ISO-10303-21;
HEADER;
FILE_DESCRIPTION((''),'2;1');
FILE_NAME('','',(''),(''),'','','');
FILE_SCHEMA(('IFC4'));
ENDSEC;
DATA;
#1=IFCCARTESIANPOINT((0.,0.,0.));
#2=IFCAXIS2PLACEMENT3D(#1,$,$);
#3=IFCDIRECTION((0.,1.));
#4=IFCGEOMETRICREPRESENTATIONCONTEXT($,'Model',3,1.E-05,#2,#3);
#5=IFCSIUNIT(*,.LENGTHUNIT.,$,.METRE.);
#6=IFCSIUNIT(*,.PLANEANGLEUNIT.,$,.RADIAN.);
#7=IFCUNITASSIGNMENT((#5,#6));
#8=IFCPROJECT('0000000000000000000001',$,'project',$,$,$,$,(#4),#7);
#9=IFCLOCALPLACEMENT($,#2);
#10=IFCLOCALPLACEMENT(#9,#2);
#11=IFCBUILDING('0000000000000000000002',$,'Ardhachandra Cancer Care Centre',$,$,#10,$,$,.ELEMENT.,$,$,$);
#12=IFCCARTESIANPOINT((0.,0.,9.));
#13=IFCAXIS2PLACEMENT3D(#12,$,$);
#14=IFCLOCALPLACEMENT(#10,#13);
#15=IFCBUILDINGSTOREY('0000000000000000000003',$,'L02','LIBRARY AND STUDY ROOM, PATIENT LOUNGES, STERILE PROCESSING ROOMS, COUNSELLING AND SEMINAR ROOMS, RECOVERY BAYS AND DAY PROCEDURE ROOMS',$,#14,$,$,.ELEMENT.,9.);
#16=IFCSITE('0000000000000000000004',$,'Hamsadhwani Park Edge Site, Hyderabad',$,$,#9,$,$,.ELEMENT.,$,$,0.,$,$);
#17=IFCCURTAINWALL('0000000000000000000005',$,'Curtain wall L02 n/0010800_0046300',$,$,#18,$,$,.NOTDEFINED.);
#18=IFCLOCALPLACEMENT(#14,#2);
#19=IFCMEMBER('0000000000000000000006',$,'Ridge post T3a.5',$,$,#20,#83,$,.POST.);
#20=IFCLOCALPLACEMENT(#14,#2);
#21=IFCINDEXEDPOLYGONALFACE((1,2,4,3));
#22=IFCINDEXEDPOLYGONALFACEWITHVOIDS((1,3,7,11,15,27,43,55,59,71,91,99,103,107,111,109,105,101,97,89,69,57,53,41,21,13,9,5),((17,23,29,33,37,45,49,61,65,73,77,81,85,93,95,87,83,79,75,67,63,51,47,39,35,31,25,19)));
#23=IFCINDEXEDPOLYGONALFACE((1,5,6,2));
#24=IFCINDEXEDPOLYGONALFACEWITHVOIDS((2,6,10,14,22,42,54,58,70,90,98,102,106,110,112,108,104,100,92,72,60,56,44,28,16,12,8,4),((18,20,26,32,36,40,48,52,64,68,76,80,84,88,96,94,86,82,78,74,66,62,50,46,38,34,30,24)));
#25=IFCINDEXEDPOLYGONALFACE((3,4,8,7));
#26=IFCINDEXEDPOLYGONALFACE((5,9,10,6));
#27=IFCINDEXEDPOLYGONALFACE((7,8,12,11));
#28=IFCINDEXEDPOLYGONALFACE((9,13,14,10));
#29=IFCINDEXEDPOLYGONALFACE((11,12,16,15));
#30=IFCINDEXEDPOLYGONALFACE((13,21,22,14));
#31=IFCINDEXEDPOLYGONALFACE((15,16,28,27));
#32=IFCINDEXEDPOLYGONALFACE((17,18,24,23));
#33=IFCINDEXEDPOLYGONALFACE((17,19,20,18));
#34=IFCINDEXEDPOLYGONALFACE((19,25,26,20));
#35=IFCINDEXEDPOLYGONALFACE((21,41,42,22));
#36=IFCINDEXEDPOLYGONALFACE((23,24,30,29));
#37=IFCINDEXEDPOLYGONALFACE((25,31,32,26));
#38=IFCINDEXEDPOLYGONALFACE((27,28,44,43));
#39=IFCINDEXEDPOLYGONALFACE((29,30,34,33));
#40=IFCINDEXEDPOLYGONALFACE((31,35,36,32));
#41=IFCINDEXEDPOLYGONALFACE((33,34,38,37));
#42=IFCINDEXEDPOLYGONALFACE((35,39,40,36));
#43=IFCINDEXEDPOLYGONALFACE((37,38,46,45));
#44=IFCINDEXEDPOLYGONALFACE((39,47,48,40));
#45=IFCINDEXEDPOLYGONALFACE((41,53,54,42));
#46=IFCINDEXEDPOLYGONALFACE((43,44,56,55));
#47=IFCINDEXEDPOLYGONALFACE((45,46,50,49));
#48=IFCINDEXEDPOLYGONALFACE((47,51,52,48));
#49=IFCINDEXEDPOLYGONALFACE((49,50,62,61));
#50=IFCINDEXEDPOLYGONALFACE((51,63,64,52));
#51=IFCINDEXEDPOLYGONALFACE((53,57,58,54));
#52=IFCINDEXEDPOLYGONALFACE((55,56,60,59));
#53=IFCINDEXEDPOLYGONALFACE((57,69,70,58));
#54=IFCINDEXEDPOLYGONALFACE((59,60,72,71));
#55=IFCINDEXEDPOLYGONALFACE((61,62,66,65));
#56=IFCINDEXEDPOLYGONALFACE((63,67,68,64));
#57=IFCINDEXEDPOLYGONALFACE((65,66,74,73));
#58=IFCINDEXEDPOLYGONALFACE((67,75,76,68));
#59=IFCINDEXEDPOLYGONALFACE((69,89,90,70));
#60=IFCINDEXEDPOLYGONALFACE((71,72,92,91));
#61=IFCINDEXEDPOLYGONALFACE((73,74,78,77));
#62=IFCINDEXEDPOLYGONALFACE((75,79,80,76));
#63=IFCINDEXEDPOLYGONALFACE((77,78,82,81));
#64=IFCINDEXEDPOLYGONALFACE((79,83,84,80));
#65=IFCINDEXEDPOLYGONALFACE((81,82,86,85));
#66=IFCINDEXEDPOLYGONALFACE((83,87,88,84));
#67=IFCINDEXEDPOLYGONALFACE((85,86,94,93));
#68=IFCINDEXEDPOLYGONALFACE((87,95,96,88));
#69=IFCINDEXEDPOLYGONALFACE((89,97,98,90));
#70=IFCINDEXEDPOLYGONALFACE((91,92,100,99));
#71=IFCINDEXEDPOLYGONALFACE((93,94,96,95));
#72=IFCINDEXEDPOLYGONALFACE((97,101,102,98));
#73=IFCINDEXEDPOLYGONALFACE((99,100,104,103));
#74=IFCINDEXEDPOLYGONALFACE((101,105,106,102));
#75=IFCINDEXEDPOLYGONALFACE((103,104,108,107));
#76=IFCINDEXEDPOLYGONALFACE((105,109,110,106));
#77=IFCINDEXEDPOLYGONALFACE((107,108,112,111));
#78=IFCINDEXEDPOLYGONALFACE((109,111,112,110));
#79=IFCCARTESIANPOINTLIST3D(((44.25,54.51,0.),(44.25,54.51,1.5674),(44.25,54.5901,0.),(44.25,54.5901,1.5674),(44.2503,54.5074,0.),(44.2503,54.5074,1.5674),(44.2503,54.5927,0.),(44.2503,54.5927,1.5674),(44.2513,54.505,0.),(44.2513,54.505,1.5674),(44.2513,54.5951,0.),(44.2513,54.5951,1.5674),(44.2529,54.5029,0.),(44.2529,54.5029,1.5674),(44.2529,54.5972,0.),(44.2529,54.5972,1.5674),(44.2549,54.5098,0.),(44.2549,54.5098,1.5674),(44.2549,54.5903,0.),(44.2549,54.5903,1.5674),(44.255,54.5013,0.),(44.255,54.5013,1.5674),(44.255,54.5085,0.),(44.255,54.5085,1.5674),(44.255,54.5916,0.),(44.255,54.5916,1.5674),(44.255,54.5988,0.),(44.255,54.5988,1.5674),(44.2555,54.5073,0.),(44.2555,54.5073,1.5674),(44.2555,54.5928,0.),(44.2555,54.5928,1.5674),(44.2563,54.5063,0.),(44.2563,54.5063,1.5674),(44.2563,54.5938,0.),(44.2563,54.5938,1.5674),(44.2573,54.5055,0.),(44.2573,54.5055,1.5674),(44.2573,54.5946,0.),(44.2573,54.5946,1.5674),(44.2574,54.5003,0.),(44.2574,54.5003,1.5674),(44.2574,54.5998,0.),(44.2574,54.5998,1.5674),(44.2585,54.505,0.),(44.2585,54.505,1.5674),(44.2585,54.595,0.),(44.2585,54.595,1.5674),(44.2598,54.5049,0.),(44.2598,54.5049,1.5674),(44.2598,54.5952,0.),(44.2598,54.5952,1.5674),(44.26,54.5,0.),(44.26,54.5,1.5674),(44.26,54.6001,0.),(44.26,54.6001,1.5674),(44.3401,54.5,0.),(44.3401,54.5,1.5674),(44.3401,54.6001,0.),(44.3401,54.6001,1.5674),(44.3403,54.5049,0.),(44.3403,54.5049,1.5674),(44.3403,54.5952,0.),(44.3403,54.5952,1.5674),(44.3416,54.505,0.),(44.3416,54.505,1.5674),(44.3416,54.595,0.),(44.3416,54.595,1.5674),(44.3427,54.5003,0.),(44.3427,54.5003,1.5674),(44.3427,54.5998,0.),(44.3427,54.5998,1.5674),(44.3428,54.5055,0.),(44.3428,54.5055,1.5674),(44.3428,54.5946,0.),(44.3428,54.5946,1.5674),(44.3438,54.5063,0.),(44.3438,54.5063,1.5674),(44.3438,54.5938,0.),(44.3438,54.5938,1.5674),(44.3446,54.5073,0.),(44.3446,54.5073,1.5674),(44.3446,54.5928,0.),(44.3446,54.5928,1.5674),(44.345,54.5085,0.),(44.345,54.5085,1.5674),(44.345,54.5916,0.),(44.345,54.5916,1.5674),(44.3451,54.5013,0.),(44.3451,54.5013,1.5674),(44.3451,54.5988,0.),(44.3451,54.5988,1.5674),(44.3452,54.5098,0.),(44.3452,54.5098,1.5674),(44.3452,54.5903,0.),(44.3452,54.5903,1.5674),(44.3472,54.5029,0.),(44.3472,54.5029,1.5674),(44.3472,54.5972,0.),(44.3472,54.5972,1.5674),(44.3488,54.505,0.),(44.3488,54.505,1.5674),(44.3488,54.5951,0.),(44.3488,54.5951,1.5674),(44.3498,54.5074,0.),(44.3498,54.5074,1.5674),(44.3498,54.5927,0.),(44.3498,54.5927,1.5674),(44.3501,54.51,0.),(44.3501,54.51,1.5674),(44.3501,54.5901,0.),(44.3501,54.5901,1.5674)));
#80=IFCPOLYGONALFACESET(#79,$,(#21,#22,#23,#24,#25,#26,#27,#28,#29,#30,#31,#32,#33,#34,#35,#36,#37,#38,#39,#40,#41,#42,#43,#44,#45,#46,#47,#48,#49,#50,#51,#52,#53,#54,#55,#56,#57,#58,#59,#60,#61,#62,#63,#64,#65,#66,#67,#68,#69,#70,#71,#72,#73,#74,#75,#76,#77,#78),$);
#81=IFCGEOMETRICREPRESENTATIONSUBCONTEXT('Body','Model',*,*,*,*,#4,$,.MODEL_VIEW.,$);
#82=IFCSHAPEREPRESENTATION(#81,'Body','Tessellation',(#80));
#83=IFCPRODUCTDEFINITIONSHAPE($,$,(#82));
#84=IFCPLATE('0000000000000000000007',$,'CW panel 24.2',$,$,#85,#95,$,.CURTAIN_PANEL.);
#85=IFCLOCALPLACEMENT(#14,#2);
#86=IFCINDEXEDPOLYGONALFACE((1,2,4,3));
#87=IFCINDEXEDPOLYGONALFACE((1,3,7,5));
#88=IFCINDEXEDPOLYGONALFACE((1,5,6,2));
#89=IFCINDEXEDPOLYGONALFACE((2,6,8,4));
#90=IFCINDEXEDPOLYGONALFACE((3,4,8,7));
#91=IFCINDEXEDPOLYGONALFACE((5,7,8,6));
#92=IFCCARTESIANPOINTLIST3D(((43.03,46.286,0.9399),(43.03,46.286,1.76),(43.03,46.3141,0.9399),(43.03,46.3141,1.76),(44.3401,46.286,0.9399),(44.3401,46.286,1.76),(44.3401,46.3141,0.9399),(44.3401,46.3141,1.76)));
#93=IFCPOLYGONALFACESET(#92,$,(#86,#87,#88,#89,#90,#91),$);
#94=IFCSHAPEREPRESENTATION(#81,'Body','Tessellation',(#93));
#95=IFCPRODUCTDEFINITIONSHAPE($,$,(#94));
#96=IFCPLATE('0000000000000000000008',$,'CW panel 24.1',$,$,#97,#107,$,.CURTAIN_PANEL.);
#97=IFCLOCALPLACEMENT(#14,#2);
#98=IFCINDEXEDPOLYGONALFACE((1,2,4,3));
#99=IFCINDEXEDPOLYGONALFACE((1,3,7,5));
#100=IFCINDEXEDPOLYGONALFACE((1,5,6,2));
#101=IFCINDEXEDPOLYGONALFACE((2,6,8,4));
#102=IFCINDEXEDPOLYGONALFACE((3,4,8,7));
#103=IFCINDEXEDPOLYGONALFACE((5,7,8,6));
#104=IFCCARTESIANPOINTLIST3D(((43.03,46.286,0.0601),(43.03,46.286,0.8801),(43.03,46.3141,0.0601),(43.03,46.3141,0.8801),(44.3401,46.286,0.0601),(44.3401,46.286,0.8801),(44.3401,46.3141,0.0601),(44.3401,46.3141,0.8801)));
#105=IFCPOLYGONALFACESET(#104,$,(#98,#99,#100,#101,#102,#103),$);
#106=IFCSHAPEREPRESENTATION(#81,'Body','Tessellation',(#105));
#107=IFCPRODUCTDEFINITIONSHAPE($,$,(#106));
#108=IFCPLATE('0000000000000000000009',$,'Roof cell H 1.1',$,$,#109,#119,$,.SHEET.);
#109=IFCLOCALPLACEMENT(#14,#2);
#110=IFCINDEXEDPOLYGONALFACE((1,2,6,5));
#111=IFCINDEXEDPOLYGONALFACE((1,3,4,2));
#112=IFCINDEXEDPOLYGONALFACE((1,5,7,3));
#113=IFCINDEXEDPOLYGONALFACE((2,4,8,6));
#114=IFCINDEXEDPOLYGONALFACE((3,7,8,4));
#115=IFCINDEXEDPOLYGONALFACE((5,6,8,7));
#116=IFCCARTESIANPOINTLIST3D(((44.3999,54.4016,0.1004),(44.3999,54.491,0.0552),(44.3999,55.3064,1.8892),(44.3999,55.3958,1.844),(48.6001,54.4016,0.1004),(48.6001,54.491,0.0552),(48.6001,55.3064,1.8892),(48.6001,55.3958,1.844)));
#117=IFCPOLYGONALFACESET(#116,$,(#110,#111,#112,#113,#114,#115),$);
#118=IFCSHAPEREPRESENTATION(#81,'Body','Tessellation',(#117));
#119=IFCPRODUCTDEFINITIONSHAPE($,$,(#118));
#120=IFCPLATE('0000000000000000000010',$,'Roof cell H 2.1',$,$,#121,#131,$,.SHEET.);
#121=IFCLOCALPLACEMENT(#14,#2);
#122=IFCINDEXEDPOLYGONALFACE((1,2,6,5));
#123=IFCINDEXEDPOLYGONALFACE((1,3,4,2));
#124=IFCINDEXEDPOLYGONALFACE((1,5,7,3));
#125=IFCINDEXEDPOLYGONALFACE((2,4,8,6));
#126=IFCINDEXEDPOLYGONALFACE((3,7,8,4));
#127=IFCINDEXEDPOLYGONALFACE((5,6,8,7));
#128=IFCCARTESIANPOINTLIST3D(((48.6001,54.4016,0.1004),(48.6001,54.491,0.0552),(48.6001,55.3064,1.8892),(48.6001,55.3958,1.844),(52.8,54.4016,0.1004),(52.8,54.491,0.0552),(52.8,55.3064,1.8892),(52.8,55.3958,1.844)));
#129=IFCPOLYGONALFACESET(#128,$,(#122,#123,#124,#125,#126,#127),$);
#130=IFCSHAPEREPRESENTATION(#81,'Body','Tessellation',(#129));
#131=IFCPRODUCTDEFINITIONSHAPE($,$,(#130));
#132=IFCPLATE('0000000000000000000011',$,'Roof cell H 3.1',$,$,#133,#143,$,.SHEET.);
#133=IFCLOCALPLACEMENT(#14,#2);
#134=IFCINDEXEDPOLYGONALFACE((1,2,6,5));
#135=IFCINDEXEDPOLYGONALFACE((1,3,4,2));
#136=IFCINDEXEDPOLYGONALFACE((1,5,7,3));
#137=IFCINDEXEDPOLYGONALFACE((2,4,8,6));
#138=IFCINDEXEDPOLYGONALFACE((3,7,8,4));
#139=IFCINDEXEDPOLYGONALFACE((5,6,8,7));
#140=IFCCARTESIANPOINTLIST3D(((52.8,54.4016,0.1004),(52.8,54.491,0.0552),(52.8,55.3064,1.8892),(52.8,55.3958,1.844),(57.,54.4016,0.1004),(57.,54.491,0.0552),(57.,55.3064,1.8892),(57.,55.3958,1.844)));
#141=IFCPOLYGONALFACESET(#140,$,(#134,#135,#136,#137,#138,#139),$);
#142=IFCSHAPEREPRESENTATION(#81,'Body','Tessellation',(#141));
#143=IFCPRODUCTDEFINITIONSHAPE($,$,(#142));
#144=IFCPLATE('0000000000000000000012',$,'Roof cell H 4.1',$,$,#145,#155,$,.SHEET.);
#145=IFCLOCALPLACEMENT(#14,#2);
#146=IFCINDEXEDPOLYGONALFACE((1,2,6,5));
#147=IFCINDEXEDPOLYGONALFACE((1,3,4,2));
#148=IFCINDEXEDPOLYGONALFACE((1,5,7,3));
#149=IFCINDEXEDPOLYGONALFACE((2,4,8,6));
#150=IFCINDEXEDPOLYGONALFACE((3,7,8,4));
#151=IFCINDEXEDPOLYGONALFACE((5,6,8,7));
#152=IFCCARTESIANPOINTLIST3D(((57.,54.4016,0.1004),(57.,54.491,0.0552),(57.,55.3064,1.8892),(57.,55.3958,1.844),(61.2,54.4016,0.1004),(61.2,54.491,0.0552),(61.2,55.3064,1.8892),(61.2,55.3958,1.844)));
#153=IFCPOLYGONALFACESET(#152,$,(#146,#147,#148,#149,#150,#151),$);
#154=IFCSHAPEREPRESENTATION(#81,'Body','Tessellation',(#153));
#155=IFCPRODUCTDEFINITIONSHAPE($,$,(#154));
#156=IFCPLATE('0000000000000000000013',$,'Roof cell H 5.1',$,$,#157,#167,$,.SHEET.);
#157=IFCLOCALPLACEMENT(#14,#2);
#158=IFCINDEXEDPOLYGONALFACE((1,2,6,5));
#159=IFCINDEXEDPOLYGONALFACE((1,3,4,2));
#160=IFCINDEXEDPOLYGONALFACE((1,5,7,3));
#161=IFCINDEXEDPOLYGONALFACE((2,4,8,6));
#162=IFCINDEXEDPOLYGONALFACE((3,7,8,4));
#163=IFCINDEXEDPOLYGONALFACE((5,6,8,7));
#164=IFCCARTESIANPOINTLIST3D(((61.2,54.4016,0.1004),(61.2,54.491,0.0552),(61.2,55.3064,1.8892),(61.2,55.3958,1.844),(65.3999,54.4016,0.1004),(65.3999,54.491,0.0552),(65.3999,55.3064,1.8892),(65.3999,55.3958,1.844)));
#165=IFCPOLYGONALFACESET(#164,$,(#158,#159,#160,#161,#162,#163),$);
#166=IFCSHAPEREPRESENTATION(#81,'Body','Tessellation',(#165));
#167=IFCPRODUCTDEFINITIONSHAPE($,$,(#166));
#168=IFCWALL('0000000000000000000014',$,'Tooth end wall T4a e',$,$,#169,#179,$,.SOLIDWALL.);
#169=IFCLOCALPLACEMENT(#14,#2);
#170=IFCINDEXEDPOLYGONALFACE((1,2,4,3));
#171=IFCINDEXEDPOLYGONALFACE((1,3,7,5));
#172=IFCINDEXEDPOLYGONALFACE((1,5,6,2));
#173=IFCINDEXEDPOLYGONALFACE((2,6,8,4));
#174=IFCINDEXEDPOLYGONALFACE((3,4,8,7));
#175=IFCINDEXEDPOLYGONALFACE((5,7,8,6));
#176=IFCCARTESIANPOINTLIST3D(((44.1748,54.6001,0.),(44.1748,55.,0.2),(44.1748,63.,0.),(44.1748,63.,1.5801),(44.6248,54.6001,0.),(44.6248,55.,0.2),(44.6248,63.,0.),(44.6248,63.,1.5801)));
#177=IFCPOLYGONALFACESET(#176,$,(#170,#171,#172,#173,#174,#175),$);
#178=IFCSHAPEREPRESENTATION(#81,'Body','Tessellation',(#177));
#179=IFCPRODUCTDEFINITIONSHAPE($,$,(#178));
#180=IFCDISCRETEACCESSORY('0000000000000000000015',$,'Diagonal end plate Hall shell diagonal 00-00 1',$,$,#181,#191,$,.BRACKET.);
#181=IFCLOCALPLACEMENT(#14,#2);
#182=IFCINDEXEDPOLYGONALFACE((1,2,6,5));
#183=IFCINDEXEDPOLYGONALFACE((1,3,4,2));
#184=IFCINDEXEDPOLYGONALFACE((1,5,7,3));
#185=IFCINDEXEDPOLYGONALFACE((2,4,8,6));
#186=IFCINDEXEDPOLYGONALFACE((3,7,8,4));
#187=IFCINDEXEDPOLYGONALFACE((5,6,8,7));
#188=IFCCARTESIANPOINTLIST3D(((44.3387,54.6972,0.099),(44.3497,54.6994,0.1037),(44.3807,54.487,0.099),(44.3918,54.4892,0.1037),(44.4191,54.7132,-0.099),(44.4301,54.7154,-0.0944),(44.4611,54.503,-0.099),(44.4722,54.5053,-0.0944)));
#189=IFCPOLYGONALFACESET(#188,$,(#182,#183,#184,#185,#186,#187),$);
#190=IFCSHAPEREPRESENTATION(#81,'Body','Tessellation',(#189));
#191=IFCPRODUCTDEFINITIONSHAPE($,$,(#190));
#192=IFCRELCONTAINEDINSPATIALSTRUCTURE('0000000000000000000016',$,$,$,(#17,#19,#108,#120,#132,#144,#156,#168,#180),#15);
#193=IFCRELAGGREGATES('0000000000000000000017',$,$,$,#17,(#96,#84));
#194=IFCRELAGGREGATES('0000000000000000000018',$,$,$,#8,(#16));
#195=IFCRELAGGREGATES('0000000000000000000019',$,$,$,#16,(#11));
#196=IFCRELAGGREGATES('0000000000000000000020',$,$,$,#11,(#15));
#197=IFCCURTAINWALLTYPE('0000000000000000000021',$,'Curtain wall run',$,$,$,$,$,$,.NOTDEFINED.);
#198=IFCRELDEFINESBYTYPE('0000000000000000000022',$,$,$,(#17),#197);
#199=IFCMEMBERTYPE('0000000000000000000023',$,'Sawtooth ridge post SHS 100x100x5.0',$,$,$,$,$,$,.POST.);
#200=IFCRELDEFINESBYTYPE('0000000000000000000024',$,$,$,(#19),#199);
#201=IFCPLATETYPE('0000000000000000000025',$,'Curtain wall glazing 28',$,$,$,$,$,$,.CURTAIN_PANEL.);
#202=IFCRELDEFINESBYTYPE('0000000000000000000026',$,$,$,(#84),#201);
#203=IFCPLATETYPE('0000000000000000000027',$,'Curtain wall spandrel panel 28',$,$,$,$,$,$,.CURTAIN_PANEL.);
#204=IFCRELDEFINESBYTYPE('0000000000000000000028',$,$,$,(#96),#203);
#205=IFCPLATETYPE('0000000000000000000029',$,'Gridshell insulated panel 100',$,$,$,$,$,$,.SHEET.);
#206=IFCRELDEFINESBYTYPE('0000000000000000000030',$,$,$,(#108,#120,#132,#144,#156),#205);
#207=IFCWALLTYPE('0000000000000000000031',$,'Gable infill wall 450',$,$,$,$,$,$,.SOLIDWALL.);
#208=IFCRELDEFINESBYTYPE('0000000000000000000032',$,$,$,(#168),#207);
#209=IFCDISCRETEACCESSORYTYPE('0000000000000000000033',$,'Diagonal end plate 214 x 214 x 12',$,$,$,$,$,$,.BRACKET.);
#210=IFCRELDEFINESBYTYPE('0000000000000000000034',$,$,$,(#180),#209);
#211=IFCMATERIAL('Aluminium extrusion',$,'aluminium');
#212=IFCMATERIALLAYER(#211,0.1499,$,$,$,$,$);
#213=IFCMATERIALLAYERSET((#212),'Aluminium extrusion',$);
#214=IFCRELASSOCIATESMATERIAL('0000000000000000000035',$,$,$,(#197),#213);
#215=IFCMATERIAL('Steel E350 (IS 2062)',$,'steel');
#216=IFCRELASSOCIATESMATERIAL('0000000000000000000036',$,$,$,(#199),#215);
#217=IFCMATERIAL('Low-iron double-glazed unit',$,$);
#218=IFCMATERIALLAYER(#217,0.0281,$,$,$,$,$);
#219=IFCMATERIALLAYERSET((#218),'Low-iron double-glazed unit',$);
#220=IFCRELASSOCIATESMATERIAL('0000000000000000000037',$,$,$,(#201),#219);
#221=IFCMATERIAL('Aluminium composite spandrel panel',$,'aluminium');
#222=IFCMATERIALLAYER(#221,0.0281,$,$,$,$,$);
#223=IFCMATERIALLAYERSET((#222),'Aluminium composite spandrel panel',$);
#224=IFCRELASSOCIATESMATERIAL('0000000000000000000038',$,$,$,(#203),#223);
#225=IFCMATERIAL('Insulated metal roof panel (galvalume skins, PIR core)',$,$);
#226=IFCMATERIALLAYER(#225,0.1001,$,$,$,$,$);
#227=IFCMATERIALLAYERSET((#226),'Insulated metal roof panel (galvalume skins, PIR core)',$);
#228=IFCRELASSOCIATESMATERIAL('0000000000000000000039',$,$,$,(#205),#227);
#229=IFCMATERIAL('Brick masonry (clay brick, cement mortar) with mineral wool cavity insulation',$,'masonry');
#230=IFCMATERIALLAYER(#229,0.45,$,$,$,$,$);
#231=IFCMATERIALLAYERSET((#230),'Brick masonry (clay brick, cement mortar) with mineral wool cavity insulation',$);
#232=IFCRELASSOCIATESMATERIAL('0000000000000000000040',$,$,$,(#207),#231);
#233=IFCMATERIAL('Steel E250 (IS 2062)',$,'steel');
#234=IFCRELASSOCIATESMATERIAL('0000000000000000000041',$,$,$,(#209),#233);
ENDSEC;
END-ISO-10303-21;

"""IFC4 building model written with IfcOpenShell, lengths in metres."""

from ifc_helpers import new_model, si_unit, direction, frame, origin, origin_2d, place, context, subcontext, project, spatial, polyline, rectangle, hollow_rectangle, outline, extrude, material, layer, layer_set, material_profile, profile_set, type_object, element, aggregate, save


model = new_model("IFC4")

# Units and contexts
model_context = context("Model", 3, precision=1e-05, world=origin(), true_north=direction((0.0, 1.0)))
body_context = subcontext(model_context, "Body", "Model", "MODEL_VIEW")
ifc_project = project(units=[si_unit("LENGTHUNIT", "METRE"), si_unit("PLANEANGLEUNIT", "RADIAN")], contexts=[model_context])

# Site, building, storey
site_placement = place(None, origin())
site = spatial("IfcSite", under=ifc_project, at=site_placement, Name="Hamsadhwani Park Edge Site, Hyderabad", CompositionType="ELEMENT", RefElevation=0.0)
building_placement = place(site_placement, origin())
building = spatial("IfcBuilding", under=site, at=building_placement, Name="Ardhachandra Cancer Care Centre", CompositionType="ELEMENT")
storey_placement = place(building_placement, frame((0.0, 0.0, 9.0)))
storey = spatial("IfcBuildingStorey", under=building, at=storey_placement, Name="L02", Description="LIBRARY AND STUDY ROOM, PATIENT LOUNGES, STERILE PROCESSING ROOMS, COUNSELLING AND SEMINAR ROOMS, RECOVERY BAYS AND DAY PROCEDURE ROOMS", CompositionType="ELEMENT", Elevation=9.0)

# Curtain wall
ifc_material_1 = material(Name="Aluminium extrusion", Category="aluminium")
ifc_layer_1 = layer(ifc_material_1, 0.1499)
ifc_layer_set_1 = layer_set([ifc_layer_1], Name="Aluminium extrusion")
curtain_wall_type = type_object("IfcCurtainWallType", Name="Curtain wall run", PredefinedType="NOTDEFINED", material=ifc_layer_set_1)
curtain_wall_placement = place(storey_placement, origin())
curtain_wall = element("IfcCurtainWall", 1, at=curtain_wall_placement, inside=storey, type_object=curtain_wall_type, Name="Curtain wall L02 n/0010800_0046300", PredefinedType="NOTDEFINED")

# Member
ifc_material_2 = material(Name="Steel E350 (IS 2062)", Category="steel")
ifc_material_profile_1 = material_profile(ifc_material_2, hollow_rectangle(XDim=0.1001, YDim=0.1001, WallThickness=0.0049, InnerFilletRadius=0.0049, OuterFilletRadius=0.01, at=origin_2d()), Name="SHS 100x100x5.0")
ifc_profile_set_1 = profile_set([ifc_material_profile_1], Name="Steel E350 (IS 2062)")
member_type_1 = type_object("IfcMemberType", Name="Sawtooth ridge post SHS 100x100x5.0", PredefinedType="POST", material=ifc_profile_set_1)
member_1_placement = place(storey_placement, frame((44.3, 54.55, 0.0), z_axis=(0.0, 0.0, 1.0), x_axis=(1.0, 0.0, 0.0)))
element("IfcMember", 2, at=member_1_placement, inside=storey, type_object=member_type_1, Name="Ridge post T3a.5", PredefinedType="POST", context=body_context, shape_type="SweptSolid", body=[
    extrude(hollow_rectangle(XDim=0.1001, YDim=0.1001, WallThickness=0.0049, InnerFilletRadius=0.0049, OuterFilletRadius=0.01, at=origin_2d()), origin(), (0.0, 0.0, 1.0), 1.5674),
])

# Plates
ifc_material_3 = material(Name="Low-iron double-glazed unit")
ifc_layer_2 = layer(ifc_material_3, 0.0281)
ifc_layer_set_2 = layer_set([ifc_layer_2], Name="Low-iron double-glazed unit")
plate_type_1 = type_object("IfcPlateType", Name="Curtain wall glazing 28", PredefinedType="CURTAIN_PANEL", material=ifc_layer_set_2)
plate_1_placement = place(storey_placement, frame((43.6851, 46.3, 0.9399), z_axis=(0.0, 0.0, 1.0), x_axis=(1.0, 0.0, 0.0)))
plate_1 = element("IfcPlate", 3, at=plate_1_placement, type_object=plate_type_1, Name="CW panel 24.2", PredefinedType="CURTAIN_PANEL", context=body_context, shape_type="SweptSolid", body=[
    extrude(rectangle(XDim=1.3101, YDim=0.0281, at=origin_2d()), origin(), (0.0, 0.0, 1.0), 0.8201),
])
ifc_material_4 = material(Name="Aluminium composite spandrel panel", Category="aluminium")
ifc_layer_3 = layer(ifc_material_4, 0.0281)
ifc_layer_set_3 = layer_set([ifc_layer_3], Name="Aluminium composite spandrel panel")
plate_type_2 = type_object("IfcPlateType", Name="Curtain wall spandrel panel 28", PredefinedType="CURTAIN_PANEL", material=ifc_layer_set_3)
plate_2_placement = place(storey_placement, frame((43.6851, 46.3, 0.0601), z_axis=(0.0, 0.0, 1.0), x_axis=(1.0, 0.0, 0.0)))
plate_2 = element("IfcPlate", 4, at=plate_2_placement, type_object=plate_type_2, Name="CW panel 24.1", PredefinedType="CURTAIN_PANEL", context=body_context, shape_type="SweptSolid", body=[
    extrude(rectangle(XDim=1.3101, YDim=0.0281, at=origin_2d()), origin(), (0.0, 0.0, 1.0), 0.8201),
])
aggregate(curtain_wall, [plate_2, plate_1])

# Plates
ifc_material_5 = material(Name="Insulated metal roof panel (galvalume skins, PIR core)")
ifc_layer_4 = layer(ifc_material_5, 0.1001)
ifc_layer_set_4 = layer_set([ifc_layer_4], Name="Insulated metal roof panel (galvalume skins, PIR core)")
plate_type_3 = type_object("IfcPlateType", Name="Gridshell insulated panel 100", PredefinedType="SHEET", material=ifc_layer_set_4)
plate_3_placement = place(storey_placement, frame((44.3999, 54.491, 0.0552), z_axis=(0.0, -0.892347, 0.45135), x_axis=(1.0, 0.0, 0.0)))
element("IfcPlate", 5, at=plate_3_placement, inside=storey, type_object=plate_type_3, Name="Roof cell H 1.1", PredefinedType="SHEET", context=body_context, shape_type="SweptSolid", body=[
    extrude(outline(polyline([(0.0, 0.0), (4.2002, 0.0), (4.2002, 2.0046), (0.0, 2.0046), (0.0, 0.0)])), origin(), (0.0, 0.0, 1.0), 0.1001),
])
for number, where, z_axis, x_axis, name in (
    (6, (48.6001, 54.491, 0.0552), (0.0, -0.892347, 0.45135), (1.0, 0.0, 0.0), "Roof cell H 2.1"),
    (7, (52.8, 54.491, 0.0552), (0.0, -0.892347, 0.45135), (1.0, 0.0, 0.0), "Roof cell H 3.1"),
    (8, (57.0, 54.491, 0.0552), (0.0, -0.892347, 0.45135), (1.0, 0.0, 0.0), "Roof cell H 4.1"),
    (9, (61.2, 54.491, 0.0552), (0.0, -0.892347, 0.45135), (1.0, 0.0, 0.0), "Roof cell H 5.1"),
):
    element("IfcPlate", number, at=place(storey_placement, frame(where, z_axis=z_axis, x_axis=x_axis)), inside=storey, type_object=plate_type_3, Name=name, PredefinedType="SHEET", context=body_context, shape_type="SweptSolid", body=[
        extrude(outline(polyline([(0.0, 0.0), (4.2, 0.0), (4.2, 2.0046), (0.0, 2.0046), (0.0, 0.0)])), origin(), (0.0, 0.0, 1.0), 0.1001),
    ])

# Wall
ifc_material_6 = material(Name="Brick masonry (clay brick, cement mortar) with mineral wool cavity insulation", Category="masonry")
ifc_layer_5 = layer(ifc_material_6, 0.45)
ifc_layer_set_5 = layer_set([ifc_layer_5], Name="Brick masonry (clay brick, cement mortar) with mineral wool cavity insulation")
wall_type_1 = type_object("IfcWallType", Name="Gable infill wall 450", PredefinedType="SOLIDWALL", material=ifc_layer_set_5)
wall_1_placement = place(storey_placement, frame((44.3999, 54.6001, 0.0), z_axis=(0.0, 0.0, 1.0), x_axis=(0.0, 1.0, 0.0)))
element("IfcWall", 10, at=wall_1_placement, inside=storey, type_object=wall_type_1, Name="Tooth end wall T4a e", PredefinedType="SOLIDWALL", context=body_context, shape_type="SweptSolid", body=[
    extrude(outline(polyline([(0.0, 0.0), (8.3999, 0.0), (8.3999, 1.5801), (0.3999, 0.2), (0.0, 0.0)])), frame((0.0, 0.2251, 0.0), z_axis=(0.0, -1.0, 0.0), x_axis=(1.0, 0.0, 0.0)), (0.0, 0.0, 1.0), 0.45),
])

# Discrete accessory
ifc_material_7 = material(Name="Steel E250 (IS 2062)", Category="steel")
ifc_material_profile_2 = material_profile(ifc_material_7, rectangle(XDim=0.2144, YDim=0.2144, at=origin_2d()), Name="PL 214x214x12")
ifc_profile_set_2 = profile_set([ifc_material_profile_2], Name="Steel E250 (IS 2062)")
discrete_accessory_type_1 = type_object("IfcDiscreteAccessoryType", Name="Diagonal end plate 214 x 214 x 12", PredefinedType="BRACKET", material=ifc_profile_set_2)
discrete_accessory_1_placement = place(storey_placement, frame((44.3999, 54.6001, 0.0), z_axis=(0.905999, 0.1812, 0.382533), x_axis=(-0.196116, 0.980581, 0.0)))
element("IfcDiscreteAccessory", 11, at=discrete_accessory_1_placement, inside=storey, type_object=discrete_accessory_type_1, Name="Diagonal end plate Hall shell diagonal 00-00 1", PredefinedType="BRACKET", context=body_context, shape_type="SweptSolid", body=[
    extrude(rectangle(XDim=0.2144, YDim=0.2144, at=origin_2d()), origin(), (0.0, 0.0, 1.0), 0.0122),
])

save(model, "model.ifc")
